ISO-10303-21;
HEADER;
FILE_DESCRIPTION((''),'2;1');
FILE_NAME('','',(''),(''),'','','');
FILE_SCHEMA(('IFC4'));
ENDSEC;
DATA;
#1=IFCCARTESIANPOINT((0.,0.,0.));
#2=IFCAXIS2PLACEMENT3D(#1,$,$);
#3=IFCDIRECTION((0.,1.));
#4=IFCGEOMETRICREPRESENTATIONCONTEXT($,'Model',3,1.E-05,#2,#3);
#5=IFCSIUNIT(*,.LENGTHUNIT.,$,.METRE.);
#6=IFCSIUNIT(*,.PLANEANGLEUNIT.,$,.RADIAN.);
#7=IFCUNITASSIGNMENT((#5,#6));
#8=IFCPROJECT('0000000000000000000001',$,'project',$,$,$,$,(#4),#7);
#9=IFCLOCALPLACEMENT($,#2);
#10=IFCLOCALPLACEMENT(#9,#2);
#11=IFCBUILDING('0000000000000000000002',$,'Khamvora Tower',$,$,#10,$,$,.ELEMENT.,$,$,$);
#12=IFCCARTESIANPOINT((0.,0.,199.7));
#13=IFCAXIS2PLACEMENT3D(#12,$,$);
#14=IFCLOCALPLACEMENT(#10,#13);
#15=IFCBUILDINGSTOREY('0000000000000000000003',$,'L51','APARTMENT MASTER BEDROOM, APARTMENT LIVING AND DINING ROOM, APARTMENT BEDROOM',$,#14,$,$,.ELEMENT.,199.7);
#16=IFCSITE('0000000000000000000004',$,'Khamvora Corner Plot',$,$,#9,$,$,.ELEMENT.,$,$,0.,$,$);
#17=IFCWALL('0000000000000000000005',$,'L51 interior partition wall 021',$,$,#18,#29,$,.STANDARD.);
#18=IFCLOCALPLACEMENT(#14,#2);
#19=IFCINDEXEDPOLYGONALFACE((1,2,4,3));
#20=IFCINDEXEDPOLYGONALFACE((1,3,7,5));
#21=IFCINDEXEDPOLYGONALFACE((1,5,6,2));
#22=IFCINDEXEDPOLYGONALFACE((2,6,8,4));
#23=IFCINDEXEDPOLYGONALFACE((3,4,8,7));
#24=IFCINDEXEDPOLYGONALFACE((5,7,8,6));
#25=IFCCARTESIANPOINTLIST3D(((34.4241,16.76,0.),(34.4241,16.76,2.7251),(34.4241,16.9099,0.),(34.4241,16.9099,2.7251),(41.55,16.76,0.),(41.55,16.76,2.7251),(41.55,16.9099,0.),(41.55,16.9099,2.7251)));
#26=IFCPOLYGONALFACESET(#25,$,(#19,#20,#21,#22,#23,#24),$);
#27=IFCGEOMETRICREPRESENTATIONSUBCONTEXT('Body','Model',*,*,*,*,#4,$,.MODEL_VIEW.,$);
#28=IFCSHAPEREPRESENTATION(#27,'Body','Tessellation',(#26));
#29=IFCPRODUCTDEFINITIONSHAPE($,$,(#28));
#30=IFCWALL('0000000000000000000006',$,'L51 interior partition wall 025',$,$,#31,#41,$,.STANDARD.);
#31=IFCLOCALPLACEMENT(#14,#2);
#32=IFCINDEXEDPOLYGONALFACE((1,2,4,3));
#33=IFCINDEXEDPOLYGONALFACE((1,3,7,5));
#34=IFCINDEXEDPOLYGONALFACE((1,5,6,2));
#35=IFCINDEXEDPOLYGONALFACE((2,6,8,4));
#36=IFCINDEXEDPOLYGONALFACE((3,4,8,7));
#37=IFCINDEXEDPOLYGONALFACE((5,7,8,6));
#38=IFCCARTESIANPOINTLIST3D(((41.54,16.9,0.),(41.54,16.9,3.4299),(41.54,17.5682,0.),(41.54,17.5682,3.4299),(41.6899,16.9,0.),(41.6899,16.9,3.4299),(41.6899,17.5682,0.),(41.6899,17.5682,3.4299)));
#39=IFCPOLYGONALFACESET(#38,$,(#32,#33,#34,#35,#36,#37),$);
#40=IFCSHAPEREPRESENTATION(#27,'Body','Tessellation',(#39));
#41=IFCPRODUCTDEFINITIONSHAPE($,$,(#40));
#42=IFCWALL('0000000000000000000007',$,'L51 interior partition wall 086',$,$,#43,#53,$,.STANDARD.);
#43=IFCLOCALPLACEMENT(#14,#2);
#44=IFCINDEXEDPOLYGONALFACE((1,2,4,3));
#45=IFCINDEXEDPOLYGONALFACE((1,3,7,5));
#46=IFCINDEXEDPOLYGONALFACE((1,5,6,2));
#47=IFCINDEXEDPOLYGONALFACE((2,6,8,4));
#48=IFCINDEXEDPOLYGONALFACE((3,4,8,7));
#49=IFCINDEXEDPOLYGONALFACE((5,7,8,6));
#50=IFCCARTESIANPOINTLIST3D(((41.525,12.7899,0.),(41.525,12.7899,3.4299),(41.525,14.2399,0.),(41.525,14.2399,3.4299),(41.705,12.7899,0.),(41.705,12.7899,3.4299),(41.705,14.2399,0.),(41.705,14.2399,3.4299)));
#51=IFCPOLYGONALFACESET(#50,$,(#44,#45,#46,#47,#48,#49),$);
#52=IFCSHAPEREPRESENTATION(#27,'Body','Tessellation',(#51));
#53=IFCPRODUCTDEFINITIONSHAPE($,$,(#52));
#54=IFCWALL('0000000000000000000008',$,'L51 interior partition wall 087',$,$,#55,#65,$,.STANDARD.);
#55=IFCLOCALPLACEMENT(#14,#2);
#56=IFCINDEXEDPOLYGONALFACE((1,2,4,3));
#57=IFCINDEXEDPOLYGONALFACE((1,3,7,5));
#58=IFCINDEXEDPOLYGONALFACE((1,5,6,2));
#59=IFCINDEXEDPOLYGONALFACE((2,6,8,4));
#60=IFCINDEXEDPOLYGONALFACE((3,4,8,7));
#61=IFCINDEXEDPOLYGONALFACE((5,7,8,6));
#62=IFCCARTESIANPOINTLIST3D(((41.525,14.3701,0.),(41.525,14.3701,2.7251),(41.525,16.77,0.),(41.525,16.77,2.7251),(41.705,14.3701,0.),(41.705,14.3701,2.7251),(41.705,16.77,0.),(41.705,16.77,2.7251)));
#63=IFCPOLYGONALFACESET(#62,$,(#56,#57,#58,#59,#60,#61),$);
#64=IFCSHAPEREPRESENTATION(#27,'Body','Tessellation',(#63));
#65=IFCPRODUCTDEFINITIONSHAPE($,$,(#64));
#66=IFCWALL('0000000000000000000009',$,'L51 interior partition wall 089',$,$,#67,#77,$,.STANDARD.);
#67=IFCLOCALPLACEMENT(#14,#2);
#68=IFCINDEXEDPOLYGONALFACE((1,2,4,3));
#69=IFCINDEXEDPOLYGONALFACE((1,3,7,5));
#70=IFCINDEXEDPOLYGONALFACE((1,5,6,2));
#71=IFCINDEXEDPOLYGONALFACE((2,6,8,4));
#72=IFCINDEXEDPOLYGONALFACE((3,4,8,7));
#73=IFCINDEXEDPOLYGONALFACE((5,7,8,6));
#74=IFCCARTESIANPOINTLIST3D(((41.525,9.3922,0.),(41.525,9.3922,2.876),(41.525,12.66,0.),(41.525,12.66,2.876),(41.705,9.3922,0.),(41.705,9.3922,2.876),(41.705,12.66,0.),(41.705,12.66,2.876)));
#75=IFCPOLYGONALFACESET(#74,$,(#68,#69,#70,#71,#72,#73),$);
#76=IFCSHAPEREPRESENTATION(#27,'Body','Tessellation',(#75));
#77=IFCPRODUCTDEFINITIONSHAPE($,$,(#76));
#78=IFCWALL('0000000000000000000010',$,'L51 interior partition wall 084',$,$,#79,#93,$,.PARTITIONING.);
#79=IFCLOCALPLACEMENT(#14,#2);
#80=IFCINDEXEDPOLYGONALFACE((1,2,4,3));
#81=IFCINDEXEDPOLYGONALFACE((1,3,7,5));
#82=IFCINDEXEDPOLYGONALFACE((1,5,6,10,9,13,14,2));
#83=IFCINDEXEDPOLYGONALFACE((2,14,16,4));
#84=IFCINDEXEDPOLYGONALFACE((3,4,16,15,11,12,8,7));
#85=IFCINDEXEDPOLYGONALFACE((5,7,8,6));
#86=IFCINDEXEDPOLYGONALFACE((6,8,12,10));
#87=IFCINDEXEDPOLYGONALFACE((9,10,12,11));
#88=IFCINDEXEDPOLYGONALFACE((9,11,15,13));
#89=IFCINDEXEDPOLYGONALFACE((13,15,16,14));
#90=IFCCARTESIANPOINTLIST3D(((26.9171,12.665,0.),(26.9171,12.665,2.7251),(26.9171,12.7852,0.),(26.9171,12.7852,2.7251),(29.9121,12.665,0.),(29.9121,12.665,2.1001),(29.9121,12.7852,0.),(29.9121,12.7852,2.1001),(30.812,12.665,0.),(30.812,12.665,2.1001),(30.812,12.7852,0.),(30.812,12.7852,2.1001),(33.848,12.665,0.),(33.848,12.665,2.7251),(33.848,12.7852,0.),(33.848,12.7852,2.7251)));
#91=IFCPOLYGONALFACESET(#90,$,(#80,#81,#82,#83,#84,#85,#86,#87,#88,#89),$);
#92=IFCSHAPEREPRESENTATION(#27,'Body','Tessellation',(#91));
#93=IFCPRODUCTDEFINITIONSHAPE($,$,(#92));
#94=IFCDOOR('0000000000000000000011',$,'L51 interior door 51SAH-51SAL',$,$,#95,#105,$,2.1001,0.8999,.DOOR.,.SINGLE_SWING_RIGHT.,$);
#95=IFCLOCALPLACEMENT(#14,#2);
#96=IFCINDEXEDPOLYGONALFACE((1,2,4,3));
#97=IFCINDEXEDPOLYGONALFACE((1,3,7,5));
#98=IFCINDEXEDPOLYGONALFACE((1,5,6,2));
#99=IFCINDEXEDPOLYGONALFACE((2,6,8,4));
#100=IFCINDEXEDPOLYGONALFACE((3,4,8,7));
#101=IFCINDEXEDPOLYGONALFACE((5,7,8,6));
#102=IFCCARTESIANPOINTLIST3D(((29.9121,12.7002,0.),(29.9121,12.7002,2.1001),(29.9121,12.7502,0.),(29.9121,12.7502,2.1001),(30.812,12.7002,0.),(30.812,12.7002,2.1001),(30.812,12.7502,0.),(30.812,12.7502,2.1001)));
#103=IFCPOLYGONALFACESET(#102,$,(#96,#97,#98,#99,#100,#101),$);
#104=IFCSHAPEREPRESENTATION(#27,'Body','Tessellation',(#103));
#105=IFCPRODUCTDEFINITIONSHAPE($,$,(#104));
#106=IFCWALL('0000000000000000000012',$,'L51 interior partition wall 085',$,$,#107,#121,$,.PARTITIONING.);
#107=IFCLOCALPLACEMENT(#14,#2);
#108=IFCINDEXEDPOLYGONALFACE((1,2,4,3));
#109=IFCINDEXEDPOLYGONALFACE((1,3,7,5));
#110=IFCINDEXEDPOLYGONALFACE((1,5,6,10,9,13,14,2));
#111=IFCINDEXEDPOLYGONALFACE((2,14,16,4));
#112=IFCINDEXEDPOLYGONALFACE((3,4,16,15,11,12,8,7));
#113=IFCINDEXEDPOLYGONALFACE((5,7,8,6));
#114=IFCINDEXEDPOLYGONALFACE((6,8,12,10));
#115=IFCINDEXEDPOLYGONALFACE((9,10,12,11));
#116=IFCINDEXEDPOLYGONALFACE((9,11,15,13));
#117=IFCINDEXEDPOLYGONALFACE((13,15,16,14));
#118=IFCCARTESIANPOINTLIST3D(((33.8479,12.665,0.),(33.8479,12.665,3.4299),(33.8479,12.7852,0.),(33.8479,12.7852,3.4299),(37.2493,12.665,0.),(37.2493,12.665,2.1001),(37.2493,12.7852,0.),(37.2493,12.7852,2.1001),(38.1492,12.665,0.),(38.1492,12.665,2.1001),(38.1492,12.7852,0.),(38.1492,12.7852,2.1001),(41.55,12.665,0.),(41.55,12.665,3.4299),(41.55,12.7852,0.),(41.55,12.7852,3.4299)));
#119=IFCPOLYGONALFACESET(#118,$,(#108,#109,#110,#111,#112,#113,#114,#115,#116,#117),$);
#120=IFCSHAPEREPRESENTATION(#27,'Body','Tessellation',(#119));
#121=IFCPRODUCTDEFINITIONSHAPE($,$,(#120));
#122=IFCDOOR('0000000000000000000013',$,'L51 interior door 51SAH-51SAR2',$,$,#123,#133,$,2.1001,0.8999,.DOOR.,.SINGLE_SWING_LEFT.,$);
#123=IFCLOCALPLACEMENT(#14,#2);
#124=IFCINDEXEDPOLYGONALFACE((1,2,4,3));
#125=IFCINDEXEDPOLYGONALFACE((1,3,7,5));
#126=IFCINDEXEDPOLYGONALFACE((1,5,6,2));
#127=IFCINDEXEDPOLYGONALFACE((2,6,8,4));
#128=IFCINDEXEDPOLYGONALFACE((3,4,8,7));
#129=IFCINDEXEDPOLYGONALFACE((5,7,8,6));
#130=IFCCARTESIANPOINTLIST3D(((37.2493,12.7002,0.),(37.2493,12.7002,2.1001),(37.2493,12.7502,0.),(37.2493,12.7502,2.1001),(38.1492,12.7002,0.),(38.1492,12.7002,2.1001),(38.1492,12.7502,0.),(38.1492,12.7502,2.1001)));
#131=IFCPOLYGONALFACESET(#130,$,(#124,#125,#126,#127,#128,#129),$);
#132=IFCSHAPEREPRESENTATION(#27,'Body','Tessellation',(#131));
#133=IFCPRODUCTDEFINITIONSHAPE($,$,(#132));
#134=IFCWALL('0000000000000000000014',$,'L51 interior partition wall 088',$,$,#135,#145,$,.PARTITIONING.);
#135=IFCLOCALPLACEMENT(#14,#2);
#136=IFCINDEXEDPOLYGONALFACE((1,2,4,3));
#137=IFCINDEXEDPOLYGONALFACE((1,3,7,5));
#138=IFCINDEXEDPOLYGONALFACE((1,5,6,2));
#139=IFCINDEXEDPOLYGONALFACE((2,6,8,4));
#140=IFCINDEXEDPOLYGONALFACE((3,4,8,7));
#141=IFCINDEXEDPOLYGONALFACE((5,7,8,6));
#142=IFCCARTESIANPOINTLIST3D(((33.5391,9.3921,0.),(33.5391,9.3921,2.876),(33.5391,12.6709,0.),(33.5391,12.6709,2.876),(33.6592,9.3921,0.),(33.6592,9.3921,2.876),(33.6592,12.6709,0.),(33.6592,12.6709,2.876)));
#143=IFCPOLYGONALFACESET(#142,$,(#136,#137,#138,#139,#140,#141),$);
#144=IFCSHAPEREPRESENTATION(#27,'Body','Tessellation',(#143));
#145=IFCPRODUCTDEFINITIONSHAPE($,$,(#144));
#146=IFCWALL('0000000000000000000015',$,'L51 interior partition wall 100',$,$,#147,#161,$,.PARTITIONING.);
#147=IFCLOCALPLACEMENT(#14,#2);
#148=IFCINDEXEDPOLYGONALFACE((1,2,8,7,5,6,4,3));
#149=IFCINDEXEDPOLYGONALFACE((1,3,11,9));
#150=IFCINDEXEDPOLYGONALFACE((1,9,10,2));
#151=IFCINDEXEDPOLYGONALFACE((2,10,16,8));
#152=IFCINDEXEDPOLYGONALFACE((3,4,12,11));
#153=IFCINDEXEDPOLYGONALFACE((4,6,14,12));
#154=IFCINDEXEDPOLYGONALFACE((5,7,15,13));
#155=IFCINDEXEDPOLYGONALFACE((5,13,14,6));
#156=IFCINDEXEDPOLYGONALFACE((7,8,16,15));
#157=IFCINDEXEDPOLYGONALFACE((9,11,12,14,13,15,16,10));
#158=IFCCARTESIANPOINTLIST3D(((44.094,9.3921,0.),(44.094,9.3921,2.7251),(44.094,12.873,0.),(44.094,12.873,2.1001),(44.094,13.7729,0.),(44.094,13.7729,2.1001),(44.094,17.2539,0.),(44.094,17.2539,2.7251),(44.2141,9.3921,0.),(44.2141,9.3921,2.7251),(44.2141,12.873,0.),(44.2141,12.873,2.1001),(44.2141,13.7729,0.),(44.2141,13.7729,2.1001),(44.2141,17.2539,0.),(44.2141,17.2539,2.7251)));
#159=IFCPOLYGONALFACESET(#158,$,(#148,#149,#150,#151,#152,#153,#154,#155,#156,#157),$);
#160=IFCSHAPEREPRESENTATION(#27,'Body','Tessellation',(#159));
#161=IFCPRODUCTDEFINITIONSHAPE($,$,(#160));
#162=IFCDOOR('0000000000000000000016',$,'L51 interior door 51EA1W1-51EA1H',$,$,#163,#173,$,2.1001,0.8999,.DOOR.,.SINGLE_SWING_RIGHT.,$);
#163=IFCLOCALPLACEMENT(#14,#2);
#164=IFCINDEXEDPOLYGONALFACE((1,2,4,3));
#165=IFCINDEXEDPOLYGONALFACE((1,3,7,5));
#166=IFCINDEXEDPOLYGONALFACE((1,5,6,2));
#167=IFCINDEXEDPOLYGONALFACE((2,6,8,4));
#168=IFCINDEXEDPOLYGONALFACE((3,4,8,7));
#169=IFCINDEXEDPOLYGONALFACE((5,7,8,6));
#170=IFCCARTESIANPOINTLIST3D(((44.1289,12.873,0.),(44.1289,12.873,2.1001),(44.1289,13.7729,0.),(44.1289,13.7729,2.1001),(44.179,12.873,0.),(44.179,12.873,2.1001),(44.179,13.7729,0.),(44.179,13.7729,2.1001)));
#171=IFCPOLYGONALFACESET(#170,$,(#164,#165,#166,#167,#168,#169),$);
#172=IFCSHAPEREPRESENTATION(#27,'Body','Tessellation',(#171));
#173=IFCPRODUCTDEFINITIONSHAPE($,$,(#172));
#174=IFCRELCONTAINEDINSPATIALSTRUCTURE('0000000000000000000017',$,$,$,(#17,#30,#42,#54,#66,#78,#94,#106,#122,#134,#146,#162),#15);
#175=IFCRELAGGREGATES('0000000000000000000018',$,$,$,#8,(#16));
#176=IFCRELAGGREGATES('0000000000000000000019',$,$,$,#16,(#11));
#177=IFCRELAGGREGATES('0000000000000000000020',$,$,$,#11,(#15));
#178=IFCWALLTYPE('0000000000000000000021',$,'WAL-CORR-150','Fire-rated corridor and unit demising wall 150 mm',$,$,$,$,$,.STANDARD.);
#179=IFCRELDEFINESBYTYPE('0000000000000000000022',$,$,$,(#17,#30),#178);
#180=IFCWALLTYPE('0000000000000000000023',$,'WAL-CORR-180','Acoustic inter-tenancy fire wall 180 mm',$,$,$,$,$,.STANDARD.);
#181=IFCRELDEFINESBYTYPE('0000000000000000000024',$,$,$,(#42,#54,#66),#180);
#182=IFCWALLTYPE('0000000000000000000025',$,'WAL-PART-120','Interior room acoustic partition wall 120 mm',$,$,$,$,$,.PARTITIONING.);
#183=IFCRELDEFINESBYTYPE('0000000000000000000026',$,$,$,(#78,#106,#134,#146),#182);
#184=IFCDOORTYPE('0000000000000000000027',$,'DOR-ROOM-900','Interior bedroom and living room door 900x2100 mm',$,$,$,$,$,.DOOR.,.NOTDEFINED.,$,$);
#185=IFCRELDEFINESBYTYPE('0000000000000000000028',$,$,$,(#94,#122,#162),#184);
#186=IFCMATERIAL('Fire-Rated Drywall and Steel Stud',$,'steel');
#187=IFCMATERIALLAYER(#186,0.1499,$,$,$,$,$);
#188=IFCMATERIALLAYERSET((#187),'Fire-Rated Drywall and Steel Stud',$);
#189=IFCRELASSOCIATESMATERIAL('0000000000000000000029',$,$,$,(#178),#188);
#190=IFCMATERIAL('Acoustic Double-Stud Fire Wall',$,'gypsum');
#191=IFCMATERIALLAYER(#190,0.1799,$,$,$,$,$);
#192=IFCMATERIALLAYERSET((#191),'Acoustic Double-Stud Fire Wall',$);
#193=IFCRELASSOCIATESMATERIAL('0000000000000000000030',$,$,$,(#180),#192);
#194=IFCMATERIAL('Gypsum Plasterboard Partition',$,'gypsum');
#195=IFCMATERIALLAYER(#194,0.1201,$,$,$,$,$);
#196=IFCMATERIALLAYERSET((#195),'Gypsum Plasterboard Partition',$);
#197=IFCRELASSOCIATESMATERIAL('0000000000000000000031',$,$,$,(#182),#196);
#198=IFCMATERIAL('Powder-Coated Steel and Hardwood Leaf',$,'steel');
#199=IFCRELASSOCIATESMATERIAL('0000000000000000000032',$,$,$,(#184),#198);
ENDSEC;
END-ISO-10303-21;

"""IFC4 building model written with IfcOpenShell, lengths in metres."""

from ifc_helpers import new_model, si_unit, direction, frame, frame_2d, origin, place, context, subcontext, project, spatial, rectangle, extrude, material, layer, layer_set, type_object, element, fill, save


model = new_model("IFC4")

# Units and contexts
model_context = context("Model", 3, precision=1e-05, world=origin(), true_north=direction((0.0, 1.0)))
body_context = subcontext(model_context, "Body", "Model", "MODEL_VIEW")
ifc_project = project(units=[si_unit("LENGTHUNIT", "METRE"), si_unit("PLANEANGLEUNIT", "RADIAN")], contexts=[model_context])

# Site, building, storey
site_placement = place(None, origin())
site = spatial("IfcSite", under=ifc_project, at=site_placement, Name="Khamvora Corner Plot", CompositionType="ELEMENT", RefElevation=0.0)
building_placement = place(site_placement, origin())
building = spatial("IfcBuilding", under=site, at=building_placement, Name="Khamvora Tower", CompositionType="ELEMENT")
storey_placement = place(building_placement, frame((0.0, 0.0, 199.7)))
storey = spatial("IfcBuildingStorey", under=building, at=storey_placement, Name="L51", Description="APARTMENT MASTER BEDROOM, APARTMENT LIVING AND DINING ROOM, APARTMENT BEDROOM", CompositionType="ELEMENT", Elevation=199.7)

# Shared definitions
ifc_material_1 = material(Name="Fire-Rated Drywall and Steel Stud", Category="steel")
ifc_layer_1 = layer(ifc_material_1, 0.1499)
ifc_layer_set_1 = layer_set([ifc_layer_1], Name="Fire-Rated Drywall and Steel Stud")
wall_type_1 = type_object("IfcWallType", Name="WAL-CORR-150", Description="Fire-rated corridor and unit demising wall 150 mm", PredefinedType="STANDARD", material=ifc_layer_set_1)
ifc_material_2 = material(Name="Powder-Coated Steel and Hardwood Leaf", Category="steel")

# Walls
wall_1_placement = place(storey_placement, frame((41.55, 16.835, 0.0), z_axis=(0.0, 0.0, 1.0), x_axis=(-1.0, 0.0, 0.0)))
element("IfcWall", 1, at=wall_1_placement, inside=storey, type_object=wall_type_1, Name="L51 interior partition wall 021", PredefinedType="STANDARD", context=body_context, shape_type="SweptSolid", body=[
    extrude(rectangle(XDim=7.126, YDim=0.1499, at=frame_2d((3.563, 0.0))), origin(), (0.0, 0.0, 1.0), 2.7251),
])
wall_2_placement = place(storey_placement, frame((41.615, 17.5681, 0.0), z_axis=(0.0, 0.0, 1.0), x_axis=(0.0, -1.0, 0.0)))
element("IfcWall", 2, at=wall_2_placement, inside=storey, type_object=wall_type_1, Name="L51 interior partition wall 025", PredefinedType="STANDARD", context=body_context, shape_type="SweptSolid", body=[
    extrude(rectangle(XDim=0.6682, YDim=0.1499, at=frame_2d((0.334, 0.0))), origin(), (0.0, 0.0, 1.0), 3.4299),
])
ifc_material_3 = material(Name="Acoustic Double-Stud Fire Wall", Category="gypsum")
ifc_layer_2 = layer(ifc_material_3, 0.1799)
ifc_layer_set_2 = layer_set([ifc_layer_2], Name="Acoustic Double-Stud Fire Wall")
wall_type_2 = type_object("IfcWallType", Name="WAL-CORR-180", Description="Acoustic inter-tenancy fire wall 180 mm", PredefinedType="STANDARD", material=ifc_layer_set_2)
wall_3_placement = place(storey_placement, frame((41.615, 14.24, 0.0), z_axis=(0.0, 0.0, 1.0), x_axis=(0.0, -1.0, 0.0)))
element("IfcWall", 3, at=wall_3_placement, inside=storey, type_object=wall_type_2, Name="L51 interior partition wall 086", PredefinedType="STANDARD", context=body_context, shape_type="SweptSolid", body=[
    extrude(rectangle(XDim=1.45, YDim=0.1799, at=frame_2d((0.7251, 0.0))), origin(), (0.0, 0.0, 1.0), 3.4299),
])
wall_4_placement = place(storey_placement, frame((41.615, 16.77, 0.0), z_axis=(0.0, 0.0, 1.0), x_axis=(0.0, -1.0, 0.0)))
element("IfcWall", 4, at=wall_4_placement, inside=storey, type_object=wall_type_2, Name="L51 interior partition wall 087", PredefinedType="STANDARD", context=body_context, shape_type="SweptSolid", body=[
    extrude(rectangle(XDim=2.3999, YDim=0.1799, at=frame_2d((1.2, 0.0))), origin(), (0.0, 0.0, 1.0), 2.7251),
])
wall_5_placement = place(storey_placement, frame((41.615, 12.6599, 0.0), z_axis=(0.0, 0.0, 1.0), x_axis=(0.0, -1.0, 0.0)))
element("IfcWall", 5, at=wall_5_placement, inside=storey, type_object=wall_type_2, Name="L51 interior partition wall 089", PredefinedType="STANDARD", context=body_context, shape_type="SweptSolid", body=[
    extrude(rectangle(XDim=3.2678, YDim=0.1799, at=frame_2d((1.6338, 0.0))), origin(), (0.0, 0.0, 1.0), 2.876),
])

# Walls, openings, doors
ifc_material_4 = material(Name="Gypsum Plasterboard Partition", Category="gypsum")
ifc_layer_3 = layer(ifc_material_4, 0.1201)
ifc_layer_set_3 = layer_set([ifc_layer_3], Name="Gypsum Plasterboard Partition")
wall_type_3 = type_object("IfcWallType", Name="WAL-PART-120", Description="Interior room acoustic partition wall 120 mm", PredefinedType="PARTITIONING", material=ifc_layer_set_3)
wall_6_placement = place(storey_placement, frame((33.8479, 12.7251, 0.0), z_axis=(0.0, 0.0, 1.0), x_axis=(-1.0, 0.0, 0.0)))
wall_6 = element("IfcWall", 6, at=wall_6_placement, inside=storey, type_object=wall_type_3, Name="L51 interior partition wall 084", PredefinedType="PARTITIONING", context=body_context, shape_type="SweptSolid", body=[
    extrude(rectangle(XDim=6.9309, YDim=0.1201, at=frame_2d((3.4653, 0.0))), origin(), (0.0, 0.0, 1.0), 2.7251),
])
opening_1_placement = place(wall_6_placement, frame((3.0359, 0.0, 0.0)))
opening_1 = element("IfcOpeningElement", 7, at=opening_1_placement, cuts=wall_6, PredefinedType="OPENING", context=body_context, shape_type="SweptSolid", body=[
    extrude(rectangle(XDim=0.8999, YDim=2.1001, at=frame_2d((0.45, 1.05))), frame((0.0, 0.0701, 0.0), z_axis=(0.0, -1.0, 0.0), x_axis=(1.0, 0.0, 0.0)), (0.0, 0.0, 1.0), 0.1401),
])
door_type_1 = type_object("IfcDoorType", Name="DOR-ROOM-900", Description="Interior bedroom and living room door 900x2100 mm", OperationType="NOTDEFINED", PredefinedType="DOOR", material=ifc_material_2)
door_1_placement = place(opening_1_placement, origin())
door_1 = element("IfcDoor", 8, at=door_1_placement, inside=storey, type_object=door_type_1, Name="L51 interior door 51SAH-51SAL", OperationType="SINGLE_SWING_RIGHT", OverallHeight=2.1001, OverallWidth=0.8999, PredefinedType="DOOR", context=body_context, shape_type="SweptSolid", body=[
    extrude(rectangle(XDim=0.8999, YDim=2.1001, at=frame_2d((0.45, 1.05))), frame((0.0, 0.0249, 0.0), z_axis=(0.0, -1.0, 0.0), x_axis=(1.0, 0.0, 0.0)), (0.0, 0.0, 1.0), 0.05),
])
fill(opening_1, door_1)
wall_7_placement = place(storey_placement, frame((41.55, 12.7251, 0.0), z_axis=(0.0, 0.0, 1.0), x_axis=(-1.0, 0.0, 0.0)))
wall_7 = element("IfcWall", 9, at=wall_7_placement, inside=storey, type_object=wall_type_3, Name="L51 interior partition wall 085", PredefinedType="PARTITIONING", context=body_context, shape_type="SweptSolid", body=[
    extrude(rectangle(XDim=7.7021, YDim=0.1201, at=frame_2d((3.8511, 0.0))), origin(), (0.0, 0.0, 1.0), 3.4299),
])
opening_2_placement = place(wall_7_placement, frame((3.4009, 0.0, 0.0)))
opening_2 = element("IfcOpeningElement", 10, at=opening_2_placement, cuts=wall_7, PredefinedType="OPENING", context=body_context, shape_type="SweptSolid", body=[
    extrude(rectangle(XDim=0.8999, YDim=2.1001, at=frame_2d((0.45, 1.05))), frame((0.0, 0.0701, 0.0), z_axis=(0.0, -1.0, 0.0), x_axis=(1.0, 0.0, 0.0)), (0.0, 0.0, 1.0), 0.1401),
])
door_2_placement = place(opening_2_placement, origin())
door_2 = element("IfcDoor", 11, at=door_2_placement, inside=storey, type_object=door_type_1, Name="L51 interior door 51SAH-51SAR2", OperationType="SINGLE_SWING_LEFT", OverallHeight=2.1001, OverallWidth=0.8999, PredefinedType="DOOR", context=body_context, shape_type="SweptSolid", body=[
    extrude(rectangle(XDim=0.8999, YDim=2.1001, at=frame_2d((0.45, 1.05))), frame((0.0, 0.0249, 0.0), z_axis=(0.0, -1.0, 0.0), x_axis=(1.0, 0.0, 0.0)), (0.0, 0.0, 1.0), 0.05),
])
fill(opening_2, door_2)

# Wall
wall_8_placement = place(storey_placement, frame((33.5991, 12.6709, 0.0), z_axis=(0.0, 0.0, 1.0), x_axis=(0.0, -1.0, 0.0)))
element("IfcWall", 12, at=wall_8_placement, inside=storey, type_object=wall_type_3, Name="L51 interior partition wall 088", PredefinedType="PARTITIONING", context=body_context, shape_type="SweptSolid", body=[
    extrude(rectangle(XDim=3.2788, YDim=0.1201, at=frame_2d((1.6394, 0.0))), origin(), (0.0, 0.0, 1.0), 2.876),
])

# Wall, opening, door
wall_9_placement = place(storey_placement, frame((44.1541, 17.2539, 0.0), z_axis=(0.0, 0.0, 1.0), x_axis=(0.0, -1.0, 0.0)))
wall_9 = element("IfcWall", 13, at=wall_9_placement, inside=storey, type_object=wall_type_3, Name="L51 interior partition wall 100", PredefinedType="PARTITIONING", context=body_context, shape_type="SweptSolid", body=[
    extrude(rectangle(XDim=7.8618, YDim=0.1201, at=frame_2d((3.9309, 0.0))), origin(), (0.0, 0.0, 1.0), 2.7251),
])
opening_3_placement = place(wall_9_placement, frame((3.481, 0.0, 0.0)))
opening_3 = element("IfcOpeningElement", 14, at=opening_3_placement, cuts=wall_9, PredefinedType="OPENING", context=body_context, shape_type="SweptSolid", body=[
    extrude(rectangle(XDim=0.8999, YDim=2.1001, at=frame_2d((0.45, 1.05))), frame((0.0, 0.0701, 0.0), z_axis=(0.0, -1.0, 0.0), x_axis=(1.0, 0.0, 0.0)), (0.0, 0.0, 1.0), 0.1401),
])
door_3_placement = place(opening_3_placement, origin())
door_3 = element("IfcDoor", 15, at=door_3_placement, inside=storey, type_object=door_type_1, Name="L51 interior door 51EA1W1-51EA1H", OperationType="SINGLE_SWING_RIGHT", OverallHeight=2.1001, OverallWidth=0.8999, PredefinedType="DOOR", context=body_context, shape_type="SweptSolid", body=[
    extrude(rectangle(XDim=0.8999, YDim=2.1001, at=frame_2d((0.45, 1.05))), frame((0.0, 0.0249, 0.0), z_axis=(0.0, -1.0, 0.0), x_axis=(1.0, 0.0, 0.0)), (0.0, 0.0, 1.0), 0.05),
])
fill(opening_3, door_3)

save(model, "model.ifc")
